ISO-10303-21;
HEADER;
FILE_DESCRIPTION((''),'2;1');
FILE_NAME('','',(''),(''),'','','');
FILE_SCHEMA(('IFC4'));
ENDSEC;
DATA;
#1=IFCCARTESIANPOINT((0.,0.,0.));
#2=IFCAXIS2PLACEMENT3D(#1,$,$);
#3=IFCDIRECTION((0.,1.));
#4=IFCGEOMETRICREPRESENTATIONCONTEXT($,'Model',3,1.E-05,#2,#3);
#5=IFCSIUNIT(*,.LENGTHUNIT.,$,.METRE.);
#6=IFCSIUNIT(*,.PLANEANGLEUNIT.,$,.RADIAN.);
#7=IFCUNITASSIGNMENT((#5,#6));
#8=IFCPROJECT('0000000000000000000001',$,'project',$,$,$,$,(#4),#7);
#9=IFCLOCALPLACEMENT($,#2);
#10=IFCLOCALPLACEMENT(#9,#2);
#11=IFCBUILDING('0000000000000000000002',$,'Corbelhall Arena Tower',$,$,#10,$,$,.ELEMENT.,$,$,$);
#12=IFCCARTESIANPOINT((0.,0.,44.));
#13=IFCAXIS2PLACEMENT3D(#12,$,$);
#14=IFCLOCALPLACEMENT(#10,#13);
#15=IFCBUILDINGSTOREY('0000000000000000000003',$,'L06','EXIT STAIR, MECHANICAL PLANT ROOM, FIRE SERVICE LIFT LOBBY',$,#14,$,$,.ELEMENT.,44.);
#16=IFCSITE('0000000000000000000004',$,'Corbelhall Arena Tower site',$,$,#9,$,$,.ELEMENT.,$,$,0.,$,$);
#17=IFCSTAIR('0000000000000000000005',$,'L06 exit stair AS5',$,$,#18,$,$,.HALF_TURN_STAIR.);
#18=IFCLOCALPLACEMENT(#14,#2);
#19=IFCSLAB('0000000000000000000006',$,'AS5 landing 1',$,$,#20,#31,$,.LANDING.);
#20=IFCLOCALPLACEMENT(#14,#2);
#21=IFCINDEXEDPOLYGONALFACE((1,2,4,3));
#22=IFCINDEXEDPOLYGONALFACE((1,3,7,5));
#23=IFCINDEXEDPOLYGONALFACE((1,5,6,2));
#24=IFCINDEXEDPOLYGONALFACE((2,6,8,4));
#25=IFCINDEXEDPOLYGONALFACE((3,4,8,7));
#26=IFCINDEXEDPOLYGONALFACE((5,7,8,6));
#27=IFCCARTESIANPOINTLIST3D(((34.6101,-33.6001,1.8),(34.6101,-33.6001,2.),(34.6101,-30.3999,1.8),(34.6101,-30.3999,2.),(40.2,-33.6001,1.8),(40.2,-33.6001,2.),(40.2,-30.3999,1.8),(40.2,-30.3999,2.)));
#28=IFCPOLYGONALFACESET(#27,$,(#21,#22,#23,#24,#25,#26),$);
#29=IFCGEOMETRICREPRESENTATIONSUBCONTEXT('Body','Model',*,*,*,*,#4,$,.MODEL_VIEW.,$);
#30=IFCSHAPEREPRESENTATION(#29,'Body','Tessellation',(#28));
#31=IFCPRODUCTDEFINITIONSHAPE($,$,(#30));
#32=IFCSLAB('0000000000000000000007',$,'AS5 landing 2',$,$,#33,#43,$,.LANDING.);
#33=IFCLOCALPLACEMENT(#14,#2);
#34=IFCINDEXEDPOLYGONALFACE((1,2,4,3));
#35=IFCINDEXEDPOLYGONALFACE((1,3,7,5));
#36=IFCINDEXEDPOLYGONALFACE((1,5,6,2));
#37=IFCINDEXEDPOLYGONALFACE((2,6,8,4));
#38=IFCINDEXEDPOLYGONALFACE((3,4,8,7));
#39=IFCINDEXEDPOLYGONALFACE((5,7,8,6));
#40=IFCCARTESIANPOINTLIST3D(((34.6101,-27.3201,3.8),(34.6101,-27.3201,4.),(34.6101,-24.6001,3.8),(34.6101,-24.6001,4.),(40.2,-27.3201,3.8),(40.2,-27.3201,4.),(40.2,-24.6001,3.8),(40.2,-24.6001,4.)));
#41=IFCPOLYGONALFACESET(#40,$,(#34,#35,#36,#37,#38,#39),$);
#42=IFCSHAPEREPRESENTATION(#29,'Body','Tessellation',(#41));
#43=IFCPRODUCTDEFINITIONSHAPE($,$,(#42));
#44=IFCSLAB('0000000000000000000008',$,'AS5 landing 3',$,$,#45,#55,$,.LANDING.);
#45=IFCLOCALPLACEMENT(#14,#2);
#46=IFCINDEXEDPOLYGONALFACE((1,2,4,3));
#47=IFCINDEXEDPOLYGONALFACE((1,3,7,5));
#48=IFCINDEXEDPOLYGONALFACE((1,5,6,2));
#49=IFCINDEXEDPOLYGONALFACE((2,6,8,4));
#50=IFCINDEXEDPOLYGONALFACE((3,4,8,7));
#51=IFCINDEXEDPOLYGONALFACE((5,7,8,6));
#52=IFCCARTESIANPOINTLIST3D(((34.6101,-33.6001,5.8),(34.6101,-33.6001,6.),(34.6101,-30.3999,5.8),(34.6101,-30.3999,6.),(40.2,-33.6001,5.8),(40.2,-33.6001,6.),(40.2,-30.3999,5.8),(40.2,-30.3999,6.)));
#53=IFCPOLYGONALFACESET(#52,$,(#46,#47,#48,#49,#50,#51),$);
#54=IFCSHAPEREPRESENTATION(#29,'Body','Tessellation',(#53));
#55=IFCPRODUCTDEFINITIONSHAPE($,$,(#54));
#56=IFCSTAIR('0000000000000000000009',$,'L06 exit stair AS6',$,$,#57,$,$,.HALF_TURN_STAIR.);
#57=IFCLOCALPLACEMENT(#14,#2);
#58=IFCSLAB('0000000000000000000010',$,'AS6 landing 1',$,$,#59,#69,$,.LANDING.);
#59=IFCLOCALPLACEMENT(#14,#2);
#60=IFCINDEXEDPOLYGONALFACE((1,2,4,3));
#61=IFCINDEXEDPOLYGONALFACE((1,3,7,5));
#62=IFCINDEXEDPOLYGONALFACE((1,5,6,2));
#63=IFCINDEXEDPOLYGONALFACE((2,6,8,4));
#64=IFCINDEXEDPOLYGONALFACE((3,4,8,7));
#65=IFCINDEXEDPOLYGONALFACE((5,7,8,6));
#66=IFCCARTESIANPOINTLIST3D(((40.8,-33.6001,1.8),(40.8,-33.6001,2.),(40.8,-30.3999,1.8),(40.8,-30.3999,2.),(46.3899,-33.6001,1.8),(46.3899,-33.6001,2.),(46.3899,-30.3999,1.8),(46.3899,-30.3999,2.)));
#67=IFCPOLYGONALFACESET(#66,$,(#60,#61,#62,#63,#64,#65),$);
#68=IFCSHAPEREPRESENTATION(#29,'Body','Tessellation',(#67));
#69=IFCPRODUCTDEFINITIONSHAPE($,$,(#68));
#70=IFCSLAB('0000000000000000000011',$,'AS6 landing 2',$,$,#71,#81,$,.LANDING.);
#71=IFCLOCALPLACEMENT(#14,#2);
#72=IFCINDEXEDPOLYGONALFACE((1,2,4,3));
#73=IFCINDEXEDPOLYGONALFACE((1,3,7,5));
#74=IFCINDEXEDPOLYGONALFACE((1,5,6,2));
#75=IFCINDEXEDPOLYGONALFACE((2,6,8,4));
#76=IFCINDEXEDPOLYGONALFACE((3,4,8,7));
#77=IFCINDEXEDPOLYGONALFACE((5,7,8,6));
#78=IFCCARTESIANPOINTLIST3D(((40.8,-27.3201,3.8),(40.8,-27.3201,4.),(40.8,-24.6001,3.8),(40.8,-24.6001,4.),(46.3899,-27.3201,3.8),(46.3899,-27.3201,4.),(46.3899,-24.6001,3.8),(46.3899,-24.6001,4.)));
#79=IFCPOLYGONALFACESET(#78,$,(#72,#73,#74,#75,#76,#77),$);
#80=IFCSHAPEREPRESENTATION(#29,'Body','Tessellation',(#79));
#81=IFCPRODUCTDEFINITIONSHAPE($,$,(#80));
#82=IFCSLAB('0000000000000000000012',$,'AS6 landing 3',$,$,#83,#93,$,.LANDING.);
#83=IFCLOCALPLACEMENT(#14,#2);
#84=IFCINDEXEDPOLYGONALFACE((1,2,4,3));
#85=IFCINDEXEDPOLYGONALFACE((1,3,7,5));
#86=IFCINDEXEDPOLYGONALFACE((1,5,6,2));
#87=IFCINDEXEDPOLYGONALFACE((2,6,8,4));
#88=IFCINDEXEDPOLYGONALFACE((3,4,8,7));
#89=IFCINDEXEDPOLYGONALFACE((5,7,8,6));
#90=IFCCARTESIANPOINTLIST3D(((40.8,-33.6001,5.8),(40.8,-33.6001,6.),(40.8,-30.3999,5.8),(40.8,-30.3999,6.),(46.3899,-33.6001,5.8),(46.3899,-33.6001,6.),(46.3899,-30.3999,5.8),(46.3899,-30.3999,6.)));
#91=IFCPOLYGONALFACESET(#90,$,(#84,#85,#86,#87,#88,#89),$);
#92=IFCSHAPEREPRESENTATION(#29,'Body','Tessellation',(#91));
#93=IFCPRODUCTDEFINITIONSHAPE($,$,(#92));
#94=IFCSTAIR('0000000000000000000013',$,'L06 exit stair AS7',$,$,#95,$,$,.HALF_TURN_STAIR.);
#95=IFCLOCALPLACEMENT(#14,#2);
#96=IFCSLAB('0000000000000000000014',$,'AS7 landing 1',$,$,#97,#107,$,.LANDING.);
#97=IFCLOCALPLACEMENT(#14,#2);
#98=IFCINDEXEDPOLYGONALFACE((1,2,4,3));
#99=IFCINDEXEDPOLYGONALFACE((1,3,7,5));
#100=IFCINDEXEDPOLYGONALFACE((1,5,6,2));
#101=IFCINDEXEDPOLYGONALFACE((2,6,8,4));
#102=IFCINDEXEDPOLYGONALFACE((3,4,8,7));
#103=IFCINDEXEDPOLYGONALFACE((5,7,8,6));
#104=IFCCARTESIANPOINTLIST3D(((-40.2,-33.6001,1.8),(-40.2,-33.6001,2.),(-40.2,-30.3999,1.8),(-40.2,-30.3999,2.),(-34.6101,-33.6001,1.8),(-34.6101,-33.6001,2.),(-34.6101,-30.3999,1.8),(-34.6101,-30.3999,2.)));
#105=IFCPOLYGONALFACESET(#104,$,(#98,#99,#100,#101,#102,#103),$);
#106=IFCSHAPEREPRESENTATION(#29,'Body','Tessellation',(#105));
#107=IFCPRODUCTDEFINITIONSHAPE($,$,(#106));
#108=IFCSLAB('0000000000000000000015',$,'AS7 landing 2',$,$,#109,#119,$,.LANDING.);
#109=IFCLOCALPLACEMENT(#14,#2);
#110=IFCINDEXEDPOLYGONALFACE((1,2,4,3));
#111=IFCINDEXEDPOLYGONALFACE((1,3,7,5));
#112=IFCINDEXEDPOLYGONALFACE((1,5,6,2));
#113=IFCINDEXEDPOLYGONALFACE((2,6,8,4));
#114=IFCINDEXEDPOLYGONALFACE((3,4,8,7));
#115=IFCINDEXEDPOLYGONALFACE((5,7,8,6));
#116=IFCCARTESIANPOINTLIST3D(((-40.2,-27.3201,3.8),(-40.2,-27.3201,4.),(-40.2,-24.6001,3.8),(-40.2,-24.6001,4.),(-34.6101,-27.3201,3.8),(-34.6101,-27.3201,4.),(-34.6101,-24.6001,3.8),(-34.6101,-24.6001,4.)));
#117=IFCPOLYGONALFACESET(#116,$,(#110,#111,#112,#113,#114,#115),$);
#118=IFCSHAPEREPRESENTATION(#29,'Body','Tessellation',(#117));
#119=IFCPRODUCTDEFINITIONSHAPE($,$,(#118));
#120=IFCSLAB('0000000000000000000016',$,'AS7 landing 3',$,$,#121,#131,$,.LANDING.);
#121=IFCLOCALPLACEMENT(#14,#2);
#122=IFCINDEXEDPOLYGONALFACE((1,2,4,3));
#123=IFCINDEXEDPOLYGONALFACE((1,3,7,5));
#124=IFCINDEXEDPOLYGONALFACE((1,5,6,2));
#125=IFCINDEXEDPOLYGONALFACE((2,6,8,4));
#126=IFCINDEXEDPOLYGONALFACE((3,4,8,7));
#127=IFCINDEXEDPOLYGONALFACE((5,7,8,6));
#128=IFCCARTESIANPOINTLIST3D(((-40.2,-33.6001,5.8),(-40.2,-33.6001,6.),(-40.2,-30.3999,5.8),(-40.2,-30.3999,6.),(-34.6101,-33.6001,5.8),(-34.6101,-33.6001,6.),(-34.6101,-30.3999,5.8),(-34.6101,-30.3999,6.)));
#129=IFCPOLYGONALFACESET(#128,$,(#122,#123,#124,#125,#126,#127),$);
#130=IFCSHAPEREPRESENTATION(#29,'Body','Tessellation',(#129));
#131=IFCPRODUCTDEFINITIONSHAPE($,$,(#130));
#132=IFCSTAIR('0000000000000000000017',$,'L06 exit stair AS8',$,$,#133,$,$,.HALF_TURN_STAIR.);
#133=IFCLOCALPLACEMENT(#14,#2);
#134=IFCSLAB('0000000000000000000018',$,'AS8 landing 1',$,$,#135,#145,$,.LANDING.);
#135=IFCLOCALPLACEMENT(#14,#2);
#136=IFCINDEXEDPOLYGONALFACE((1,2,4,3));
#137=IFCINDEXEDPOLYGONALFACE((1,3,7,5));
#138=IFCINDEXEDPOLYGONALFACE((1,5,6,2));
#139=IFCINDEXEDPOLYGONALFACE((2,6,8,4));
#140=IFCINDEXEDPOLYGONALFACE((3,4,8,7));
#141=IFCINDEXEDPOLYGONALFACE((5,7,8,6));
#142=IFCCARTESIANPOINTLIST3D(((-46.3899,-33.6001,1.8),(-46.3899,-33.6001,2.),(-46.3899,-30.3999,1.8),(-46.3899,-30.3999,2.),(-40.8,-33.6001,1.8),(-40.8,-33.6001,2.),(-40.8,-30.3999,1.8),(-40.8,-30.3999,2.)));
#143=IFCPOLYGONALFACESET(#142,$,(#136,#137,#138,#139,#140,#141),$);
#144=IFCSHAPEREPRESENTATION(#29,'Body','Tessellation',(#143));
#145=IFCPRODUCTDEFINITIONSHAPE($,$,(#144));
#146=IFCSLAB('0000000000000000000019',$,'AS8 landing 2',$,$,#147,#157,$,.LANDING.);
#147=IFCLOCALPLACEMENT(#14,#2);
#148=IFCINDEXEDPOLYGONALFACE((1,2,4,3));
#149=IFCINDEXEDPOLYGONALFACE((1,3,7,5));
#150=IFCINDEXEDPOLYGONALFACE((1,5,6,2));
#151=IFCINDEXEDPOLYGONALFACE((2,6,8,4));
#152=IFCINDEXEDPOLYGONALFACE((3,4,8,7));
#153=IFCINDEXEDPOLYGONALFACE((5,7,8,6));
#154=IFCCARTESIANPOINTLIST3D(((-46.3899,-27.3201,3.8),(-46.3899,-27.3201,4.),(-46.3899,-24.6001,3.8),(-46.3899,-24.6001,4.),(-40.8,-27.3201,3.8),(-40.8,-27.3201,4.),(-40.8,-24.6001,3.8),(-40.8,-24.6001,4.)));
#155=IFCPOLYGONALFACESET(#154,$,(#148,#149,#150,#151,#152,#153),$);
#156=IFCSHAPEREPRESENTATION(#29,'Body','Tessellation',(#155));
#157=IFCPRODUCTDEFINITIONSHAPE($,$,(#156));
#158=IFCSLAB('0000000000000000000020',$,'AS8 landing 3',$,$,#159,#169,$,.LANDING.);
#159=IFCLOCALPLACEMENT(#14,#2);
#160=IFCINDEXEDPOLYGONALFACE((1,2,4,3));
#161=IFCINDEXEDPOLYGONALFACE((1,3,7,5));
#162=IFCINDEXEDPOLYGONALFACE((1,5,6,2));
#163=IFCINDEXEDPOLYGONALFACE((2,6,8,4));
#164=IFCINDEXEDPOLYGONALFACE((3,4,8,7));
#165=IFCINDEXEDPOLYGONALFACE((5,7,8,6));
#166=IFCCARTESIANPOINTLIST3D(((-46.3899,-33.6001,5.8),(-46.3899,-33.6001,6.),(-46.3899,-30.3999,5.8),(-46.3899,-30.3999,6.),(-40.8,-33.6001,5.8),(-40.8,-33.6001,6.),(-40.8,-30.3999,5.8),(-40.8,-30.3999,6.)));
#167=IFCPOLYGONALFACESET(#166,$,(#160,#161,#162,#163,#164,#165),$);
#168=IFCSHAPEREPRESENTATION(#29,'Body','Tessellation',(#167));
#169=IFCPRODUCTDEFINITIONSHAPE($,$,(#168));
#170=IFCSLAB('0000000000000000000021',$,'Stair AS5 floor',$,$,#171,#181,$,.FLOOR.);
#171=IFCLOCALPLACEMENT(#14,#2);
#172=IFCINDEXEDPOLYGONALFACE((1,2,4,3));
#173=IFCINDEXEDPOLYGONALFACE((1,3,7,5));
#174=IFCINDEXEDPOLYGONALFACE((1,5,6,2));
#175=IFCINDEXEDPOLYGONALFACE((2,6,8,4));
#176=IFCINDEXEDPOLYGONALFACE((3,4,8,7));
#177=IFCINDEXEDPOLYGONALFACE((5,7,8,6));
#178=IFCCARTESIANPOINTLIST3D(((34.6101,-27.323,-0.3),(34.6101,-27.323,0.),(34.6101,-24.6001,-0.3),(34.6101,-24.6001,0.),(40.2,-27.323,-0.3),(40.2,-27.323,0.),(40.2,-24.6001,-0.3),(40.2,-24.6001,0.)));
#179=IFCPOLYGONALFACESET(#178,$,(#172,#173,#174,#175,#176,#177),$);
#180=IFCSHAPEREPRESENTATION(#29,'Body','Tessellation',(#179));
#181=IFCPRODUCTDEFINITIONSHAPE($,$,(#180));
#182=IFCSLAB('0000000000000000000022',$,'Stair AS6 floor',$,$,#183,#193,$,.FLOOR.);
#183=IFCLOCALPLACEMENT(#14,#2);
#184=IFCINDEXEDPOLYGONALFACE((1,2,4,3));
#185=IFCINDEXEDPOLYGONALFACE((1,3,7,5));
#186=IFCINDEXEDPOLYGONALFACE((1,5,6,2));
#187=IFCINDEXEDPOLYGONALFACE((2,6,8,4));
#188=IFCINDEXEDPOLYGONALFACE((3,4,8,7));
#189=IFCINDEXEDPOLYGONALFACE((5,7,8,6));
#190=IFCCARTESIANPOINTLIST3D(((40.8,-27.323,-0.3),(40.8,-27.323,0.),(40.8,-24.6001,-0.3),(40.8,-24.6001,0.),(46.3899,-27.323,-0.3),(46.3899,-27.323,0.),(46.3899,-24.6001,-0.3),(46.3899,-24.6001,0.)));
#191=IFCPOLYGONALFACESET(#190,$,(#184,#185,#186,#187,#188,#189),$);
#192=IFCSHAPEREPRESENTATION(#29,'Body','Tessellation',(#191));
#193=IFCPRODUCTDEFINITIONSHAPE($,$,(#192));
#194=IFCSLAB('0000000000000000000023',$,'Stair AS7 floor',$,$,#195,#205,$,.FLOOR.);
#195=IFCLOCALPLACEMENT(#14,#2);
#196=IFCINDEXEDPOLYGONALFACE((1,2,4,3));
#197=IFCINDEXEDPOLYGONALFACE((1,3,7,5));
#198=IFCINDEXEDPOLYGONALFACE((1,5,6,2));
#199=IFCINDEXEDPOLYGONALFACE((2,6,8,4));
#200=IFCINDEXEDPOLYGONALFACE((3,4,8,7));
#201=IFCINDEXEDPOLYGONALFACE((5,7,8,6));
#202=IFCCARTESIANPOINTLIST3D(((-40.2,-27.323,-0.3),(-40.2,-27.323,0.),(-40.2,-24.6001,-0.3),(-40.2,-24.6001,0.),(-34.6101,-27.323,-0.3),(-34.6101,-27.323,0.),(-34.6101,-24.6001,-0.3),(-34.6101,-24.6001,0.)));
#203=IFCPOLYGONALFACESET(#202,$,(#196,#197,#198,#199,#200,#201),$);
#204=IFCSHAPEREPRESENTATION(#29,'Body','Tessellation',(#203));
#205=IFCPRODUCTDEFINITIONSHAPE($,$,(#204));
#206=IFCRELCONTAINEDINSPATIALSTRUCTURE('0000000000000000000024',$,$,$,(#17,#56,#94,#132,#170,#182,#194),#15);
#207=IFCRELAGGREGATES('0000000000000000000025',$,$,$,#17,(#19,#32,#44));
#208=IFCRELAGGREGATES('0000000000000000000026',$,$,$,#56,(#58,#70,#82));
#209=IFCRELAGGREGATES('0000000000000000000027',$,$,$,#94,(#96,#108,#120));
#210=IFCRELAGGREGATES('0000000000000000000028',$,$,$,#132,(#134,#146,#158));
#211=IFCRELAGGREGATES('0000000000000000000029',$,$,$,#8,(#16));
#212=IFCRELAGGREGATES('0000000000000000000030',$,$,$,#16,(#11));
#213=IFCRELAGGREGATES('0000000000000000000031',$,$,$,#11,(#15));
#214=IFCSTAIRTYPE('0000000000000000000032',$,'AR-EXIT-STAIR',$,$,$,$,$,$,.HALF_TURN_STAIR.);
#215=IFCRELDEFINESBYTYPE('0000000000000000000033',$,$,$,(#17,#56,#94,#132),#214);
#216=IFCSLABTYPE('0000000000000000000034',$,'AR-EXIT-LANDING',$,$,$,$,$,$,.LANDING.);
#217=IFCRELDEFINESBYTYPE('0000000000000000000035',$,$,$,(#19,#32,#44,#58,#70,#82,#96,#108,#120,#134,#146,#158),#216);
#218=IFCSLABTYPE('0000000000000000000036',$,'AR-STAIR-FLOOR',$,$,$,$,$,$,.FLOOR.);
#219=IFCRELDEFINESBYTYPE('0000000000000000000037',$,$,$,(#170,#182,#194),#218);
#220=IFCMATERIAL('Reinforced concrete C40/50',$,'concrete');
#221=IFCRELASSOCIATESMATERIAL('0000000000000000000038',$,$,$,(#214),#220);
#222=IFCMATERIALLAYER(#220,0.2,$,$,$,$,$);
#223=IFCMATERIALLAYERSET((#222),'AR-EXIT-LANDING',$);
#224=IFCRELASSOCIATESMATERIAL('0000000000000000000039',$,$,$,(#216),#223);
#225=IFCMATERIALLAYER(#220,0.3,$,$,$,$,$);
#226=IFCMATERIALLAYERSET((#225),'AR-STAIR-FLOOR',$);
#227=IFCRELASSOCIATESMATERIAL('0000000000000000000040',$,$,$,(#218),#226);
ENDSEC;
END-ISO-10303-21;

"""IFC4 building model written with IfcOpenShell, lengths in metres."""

from ifc_helpers import new_model, si_unit, direction, frame, origin, place, context, subcontext, project, spatial, polyline, outline, extrude, material, layer, layer_set, type_object, element, aggregate, save


model = new_model("IFC4")

# Units and contexts
model_context = context("Model", 3, precision=1e-05, world=origin(), true_north=direction((0.0, 1.0)))
body_context = subcontext(model_context, "Body", "Model", "MODEL_VIEW")
ifc_project = project(units=[si_unit("LENGTHUNIT", "METRE"), si_unit("PLANEANGLEUNIT", "RADIAN")], contexts=[model_context])

# Site, building, storey
site_placement = place(None, origin())
site = spatial("IfcSite", under=ifc_project, at=site_placement, Name="Corbelhall Arena Tower site", CompositionType="ELEMENT", RefElevation=0.0)
building_placement = place(site_placement, origin())
building = spatial("IfcBuilding", under=site, at=building_placement, Name="Corbelhall Arena Tower", CompositionType="ELEMENT")
storey_placement = place(building_placement, frame((0.0, 0.0, 44.0)))
storey = spatial("IfcBuildingStorey", under=building, at=storey_placement, Name="L06", Description="EXIT STAIR, MECHANICAL PLANT ROOM, FIRE SERVICE LIFT LOBBY", CompositionType="ELEMENT", Elevation=44.0)

# Stairs, slabs
ifc_material = material(Name="Reinforced concrete C40/50", Category="concrete")
stair_type = type_object("IfcStairType", Name="AR-EXIT-STAIR", PredefinedType="HALF_TURN_STAIR", material=ifc_material)
stair_1_placement = place(storey_placement, origin())
stair_1 = element("IfcStair", 1, at=stair_1_placement, inside=storey, type_object=stair_type, Name="L06 exit stair AS5", PredefinedType="HALF_TURN_STAIR")
ifc_layer_1 = layer(ifc_material, 0.2)
ifc_layer_set_1 = layer_set([ifc_layer_1], Name="AR-EXIT-LANDING")
slab_type_1 = type_object("IfcSlabType", Name="AR-EXIT-LANDING", PredefinedType="LANDING", material=ifc_layer_set_1)
slab_1_placement = place(storey_placement, frame((0.0, 0.0, 1.8)))
slab_1 = element("IfcSlab", 2, at=slab_1_placement, type_object=slab_type_1, Name="AS5 landing 1", PredefinedType="LANDING", context=body_context, shape_type="SweptSolid", body=[
    extrude(outline(polyline([(34.6101, -30.3999), (34.6101, -33.6001), (40.2, -33.6001), (40.2, -30.3999), (34.6101, -30.3999)])), origin(), (0.0, 0.0, 1.0), 0.2),
])
slab_2_placement = place(storey_placement, frame((0.0, 0.0, 3.8)))
slab_2 = element("IfcSlab", 3, at=slab_2_placement, type_object=slab_type_1, Name="AS5 landing 2", PredefinedType="LANDING", context=body_context, shape_type="SweptSolid", body=[
    extrude(outline(polyline([(34.6101, -24.6001), (34.6101, -27.3201), (40.2, -27.3201), (40.2, -24.6001), (34.6101, -24.6001)])), origin(), (0.0, 0.0, 1.0), 0.2),
])
slab_3_placement = place(storey_placement, frame((0.0, 0.0, 5.8)))
slab_3 = element("IfcSlab", 4, at=slab_3_placement, type_object=slab_type_1, Name="AS5 landing 3", PredefinedType="LANDING", context=body_context, shape_type="SweptSolid", body=[
    extrude(outline(polyline([(34.6101, -30.3999), (34.6101, -33.6001), (40.2, -33.6001), (40.2, -30.3999), (34.6101, -30.3999)])), origin(), (0.0, 0.0, 1.0), 0.2),
])
aggregate(stair_1, [slab_1, slab_2, slab_3])
stair_2_placement = place(storey_placement, origin())
stair_2 = element("IfcStair", 5, at=stair_2_placement, inside=storey, type_object=stair_type, Name="L06 exit stair AS6", PredefinedType="HALF_TURN_STAIR")
slab_4_placement = place(storey_placement, frame((0.0, 0.0, 1.8)))
slab_4 = element("IfcSlab", 6, at=slab_4_placement, type_object=slab_type_1, Name="AS6 landing 1", PredefinedType="LANDING", context=body_context, shape_type="SweptSolid", body=[
    extrude(outline(polyline([(40.8, -30.3999), (40.8, -33.6001), (46.3899, -33.6001), (46.3899, -30.3999), (40.8, -30.3999)])), origin(), (0.0, 0.0, 1.0), 0.2),
])
slab_5_placement = place(storey_placement, frame((0.0, 0.0, 3.8)))
slab_5 = element("IfcSlab", 7, at=slab_5_placement, type_object=slab_type_1, Name="AS6 landing 2", PredefinedType="LANDING", context=body_context, shape_type="SweptSolid", body=[
    extrude(outline(polyline([(40.8, -24.6001), (40.8, -27.3201), (46.3899, -27.3201), (46.3899, -24.6001), (40.8, -24.6001)])), origin(), (0.0, 0.0, 1.0), 0.2),
])
slab_6_placement = place(storey_placement, frame((0.0, 0.0, 5.8)))
slab_6 = element("IfcSlab", 8, at=slab_6_placement, type_object=slab_type_1, Name="AS6 landing 3", PredefinedType="LANDING", context=body_context, shape_type="SweptSolid", body=[
    extrude(outline(polyline([(40.8, -30.3999), (40.8, -33.6001), (46.3899, -33.6001), (46.3899, -30.3999), (40.8, -30.3999)])), origin(), (0.0, 0.0, 1.0), 0.2),
])
aggregate(stair_2, [slab_4, slab_5, slab_6])
stair_3_placement = place(storey_placement, origin())
stair_3 = element("IfcStair", 9, at=stair_3_placement, inside=storey, type_object=stair_type, Name="L06 exit stair AS7", PredefinedType="HALF_TURN_STAIR")
slab_7_placement = place(storey_placement, frame((0.0, 0.0, 1.8)))
slab_7 = element("IfcSlab", 10, at=slab_7_placement, type_object=slab_type_1, Name="AS7 landing 1", PredefinedType="LANDING", context=body_context, shape_type="SweptSolid", body=[
    extrude(outline(polyline([(-40.2, -30.3999), (-40.2, -33.6001), (-34.6101, -33.6001), (-34.6101, -30.3999), (-40.2, -30.3999)])), origin(), (0.0, 0.0, 1.0), 0.2),
])
slab_8_placement = place(storey_placement, frame((0.0, 0.0, 3.8)))
slab_8 = element("IfcSlab", 11, at=slab_8_placement, type_object=slab_type_1, Name="AS7 landing 2", PredefinedType="LANDING", context=body_context, shape_type="SweptSolid", body=[
    extrude(outline(polyline([(-40.2, -24.6001), (-40.2, -27.3201), (-34.6101, -27.3201), (-34.6101, -24.6001), (-40.2, -24.6001)])), origin(), (0.0, 0.0, 1.0), 0.2),
])
slab_9_placement = place(storey_placement, frame((0.0, 0.0, 5.8)))
slab_9 = element("IfcSlab", 12, at=slab_9_placement, type_object=slab_type_1, Name="AS7 landing 3", PredefinedType="LANDING", context=body_context, shape_type="SweptSolid", body=[
    extrude(outline(polyline([(-40.2, -30.3999), (-40.2, -33.6001), (-34.6101, -33.6001), (-34.6101, -30.3999), (-40.2, -30.3999)])), origin(), (0.0, 0.0, 1.0), 0.2),
])
aggregate(stair_3, [slab_7, slab_8, slab_9])
stair_4_placement = place(storey_placement, origin())
stair_4 = element("IfcStair", 13, at=stair_4_placement, inside=storey, type_object=stair_type, Name="L06 exit stair AS8", PredefinedType="HALF_TURN_STAIR")
slab_10_placement = place(storey_placement, frame((0.0, 0.0, 1.8)))
slab_10 = element("IfcSlab", 14, at=slab_10_placement, type_object=slab_type_1, Name="AS8 landing 1", PredefinedType="LANDING", context=body_context, shape_type="SweptSolid", body=[
    extrude(outline(polyline([(-46.3899, -30.3999), (-46.3899, -33.6001), (-40.8, -33.6001), (-40.8, -30.3999), (-46.3899, -30.3999)])), origin(), (0.0, 0.0, 1.0), 0.2),
])
slab_11_placement = place(storey_placement, frame((0.0, 0.0, 3.8)))
slab_11 = element("IfcSlab", 15, at=slab_11_placement, type_object=slab_type_1, Name="AS8 landing 2", PredefinedType="LANDING", context=body_context, shape_type="SweptSolid", body=[
    extrude(outline(polyline([(-46.3899, -24.6001), (-46.3899, -27.3201), (-40.8, -27.3201), (-40.8, -24.6001), (-46.3899, -24.6001)])), origin(), (0.0, 0.0, 1.0), 0.2),
])
slab_12_placement = place(storey_placement, frame((0.0, 0.0, 5.8)))
slab_12 = element("IfcSlab", 16, at=slab_12_placement, type_object=slab_type_1, Name="AS8 landing 3", PredefinedType="LANDING", context=body_context, shape_type="SweptSolid", body=[
    extrude(outline(polyline([(-46.3899, -30.3999), (-46.3899, -33.6001), (-40.8, -33.6001), (-40.8, -30.3999), (-46.3899, -30.3999)])), origin(), (0.0, 0.0, 1.0), 0.2),
])
aggregate(stair_4, [slab_10, slab_11, slab_12])

# Slabs
ifc_layer_2 = layer(ifc_material, 0.3)
ifc_layer_set_2 = layer_set([ifc_layer_2], Name="AR-STAIR-FLOOR")
slab_type_2 = type_object("IfcSlabType", Name="AR-STAIR-FLOOR", PredefinedType="FLOOR", material=ifc_layer_set_2)
slab_13_placement = place(storey_placement, frame((0.0, 0.0, -0.3)))
element("IfcSlab", 17, at=slab_13_placement, inside=storey, type_object=slab_type_2, Name="Stair AS5 floor", PredefinedType="FLOOR", context=body_context, shape_type="SweptSolid", body=[
    extrude(outline(polyline([(34.6101, -24.6001), (40.2, -24.6001), (40.2, -27.323), (34.6101, -27.323), (34.6101, -24.6001)])), origin(), (0.0, 0.0, 1.0), 0.3),
])
slab_14_placement = place(storey_placement, frame((0.0, 0.0, -0.3)))
element("IfcSlab", 18, at=slab_14_placement, inside=storey, type_object=slab_type_2, Name="Stair AS6 floor", PredefinedType="FLOOR", context=body_context, shape_type="SweptSolid", body=[
    extrude(outline(polyline([(40.8, -24.6001), (46.3899, -24.6001), (46.3899, -27.323), (40.8, -27.323), (40.8, -24.6001)])), origin(), (0.0, 0.0, 1.0), 0.3),
])
slab_15_placement = place(storey_placement, frame((0.0, 0.0, -0.3)))
element("IfcSlab", 19, at=slab_15_placement, inside=storey, type_object=slab_type_2, Name="Stair AS7 floor", PredefinedType="FLOOR", context=body_context, shape_type="SweptSolid", body=[
    extrude(outline(polyline([(-40.2, -24.6001), (-34.6101, -24.6001), (-34.6101, -27.323), (-40.2, -27.323), (-40.2, -24.6001)])), origin(), (0.0, 0.0, 1.0), 0.3),
])

save(model, "model.ifc")
